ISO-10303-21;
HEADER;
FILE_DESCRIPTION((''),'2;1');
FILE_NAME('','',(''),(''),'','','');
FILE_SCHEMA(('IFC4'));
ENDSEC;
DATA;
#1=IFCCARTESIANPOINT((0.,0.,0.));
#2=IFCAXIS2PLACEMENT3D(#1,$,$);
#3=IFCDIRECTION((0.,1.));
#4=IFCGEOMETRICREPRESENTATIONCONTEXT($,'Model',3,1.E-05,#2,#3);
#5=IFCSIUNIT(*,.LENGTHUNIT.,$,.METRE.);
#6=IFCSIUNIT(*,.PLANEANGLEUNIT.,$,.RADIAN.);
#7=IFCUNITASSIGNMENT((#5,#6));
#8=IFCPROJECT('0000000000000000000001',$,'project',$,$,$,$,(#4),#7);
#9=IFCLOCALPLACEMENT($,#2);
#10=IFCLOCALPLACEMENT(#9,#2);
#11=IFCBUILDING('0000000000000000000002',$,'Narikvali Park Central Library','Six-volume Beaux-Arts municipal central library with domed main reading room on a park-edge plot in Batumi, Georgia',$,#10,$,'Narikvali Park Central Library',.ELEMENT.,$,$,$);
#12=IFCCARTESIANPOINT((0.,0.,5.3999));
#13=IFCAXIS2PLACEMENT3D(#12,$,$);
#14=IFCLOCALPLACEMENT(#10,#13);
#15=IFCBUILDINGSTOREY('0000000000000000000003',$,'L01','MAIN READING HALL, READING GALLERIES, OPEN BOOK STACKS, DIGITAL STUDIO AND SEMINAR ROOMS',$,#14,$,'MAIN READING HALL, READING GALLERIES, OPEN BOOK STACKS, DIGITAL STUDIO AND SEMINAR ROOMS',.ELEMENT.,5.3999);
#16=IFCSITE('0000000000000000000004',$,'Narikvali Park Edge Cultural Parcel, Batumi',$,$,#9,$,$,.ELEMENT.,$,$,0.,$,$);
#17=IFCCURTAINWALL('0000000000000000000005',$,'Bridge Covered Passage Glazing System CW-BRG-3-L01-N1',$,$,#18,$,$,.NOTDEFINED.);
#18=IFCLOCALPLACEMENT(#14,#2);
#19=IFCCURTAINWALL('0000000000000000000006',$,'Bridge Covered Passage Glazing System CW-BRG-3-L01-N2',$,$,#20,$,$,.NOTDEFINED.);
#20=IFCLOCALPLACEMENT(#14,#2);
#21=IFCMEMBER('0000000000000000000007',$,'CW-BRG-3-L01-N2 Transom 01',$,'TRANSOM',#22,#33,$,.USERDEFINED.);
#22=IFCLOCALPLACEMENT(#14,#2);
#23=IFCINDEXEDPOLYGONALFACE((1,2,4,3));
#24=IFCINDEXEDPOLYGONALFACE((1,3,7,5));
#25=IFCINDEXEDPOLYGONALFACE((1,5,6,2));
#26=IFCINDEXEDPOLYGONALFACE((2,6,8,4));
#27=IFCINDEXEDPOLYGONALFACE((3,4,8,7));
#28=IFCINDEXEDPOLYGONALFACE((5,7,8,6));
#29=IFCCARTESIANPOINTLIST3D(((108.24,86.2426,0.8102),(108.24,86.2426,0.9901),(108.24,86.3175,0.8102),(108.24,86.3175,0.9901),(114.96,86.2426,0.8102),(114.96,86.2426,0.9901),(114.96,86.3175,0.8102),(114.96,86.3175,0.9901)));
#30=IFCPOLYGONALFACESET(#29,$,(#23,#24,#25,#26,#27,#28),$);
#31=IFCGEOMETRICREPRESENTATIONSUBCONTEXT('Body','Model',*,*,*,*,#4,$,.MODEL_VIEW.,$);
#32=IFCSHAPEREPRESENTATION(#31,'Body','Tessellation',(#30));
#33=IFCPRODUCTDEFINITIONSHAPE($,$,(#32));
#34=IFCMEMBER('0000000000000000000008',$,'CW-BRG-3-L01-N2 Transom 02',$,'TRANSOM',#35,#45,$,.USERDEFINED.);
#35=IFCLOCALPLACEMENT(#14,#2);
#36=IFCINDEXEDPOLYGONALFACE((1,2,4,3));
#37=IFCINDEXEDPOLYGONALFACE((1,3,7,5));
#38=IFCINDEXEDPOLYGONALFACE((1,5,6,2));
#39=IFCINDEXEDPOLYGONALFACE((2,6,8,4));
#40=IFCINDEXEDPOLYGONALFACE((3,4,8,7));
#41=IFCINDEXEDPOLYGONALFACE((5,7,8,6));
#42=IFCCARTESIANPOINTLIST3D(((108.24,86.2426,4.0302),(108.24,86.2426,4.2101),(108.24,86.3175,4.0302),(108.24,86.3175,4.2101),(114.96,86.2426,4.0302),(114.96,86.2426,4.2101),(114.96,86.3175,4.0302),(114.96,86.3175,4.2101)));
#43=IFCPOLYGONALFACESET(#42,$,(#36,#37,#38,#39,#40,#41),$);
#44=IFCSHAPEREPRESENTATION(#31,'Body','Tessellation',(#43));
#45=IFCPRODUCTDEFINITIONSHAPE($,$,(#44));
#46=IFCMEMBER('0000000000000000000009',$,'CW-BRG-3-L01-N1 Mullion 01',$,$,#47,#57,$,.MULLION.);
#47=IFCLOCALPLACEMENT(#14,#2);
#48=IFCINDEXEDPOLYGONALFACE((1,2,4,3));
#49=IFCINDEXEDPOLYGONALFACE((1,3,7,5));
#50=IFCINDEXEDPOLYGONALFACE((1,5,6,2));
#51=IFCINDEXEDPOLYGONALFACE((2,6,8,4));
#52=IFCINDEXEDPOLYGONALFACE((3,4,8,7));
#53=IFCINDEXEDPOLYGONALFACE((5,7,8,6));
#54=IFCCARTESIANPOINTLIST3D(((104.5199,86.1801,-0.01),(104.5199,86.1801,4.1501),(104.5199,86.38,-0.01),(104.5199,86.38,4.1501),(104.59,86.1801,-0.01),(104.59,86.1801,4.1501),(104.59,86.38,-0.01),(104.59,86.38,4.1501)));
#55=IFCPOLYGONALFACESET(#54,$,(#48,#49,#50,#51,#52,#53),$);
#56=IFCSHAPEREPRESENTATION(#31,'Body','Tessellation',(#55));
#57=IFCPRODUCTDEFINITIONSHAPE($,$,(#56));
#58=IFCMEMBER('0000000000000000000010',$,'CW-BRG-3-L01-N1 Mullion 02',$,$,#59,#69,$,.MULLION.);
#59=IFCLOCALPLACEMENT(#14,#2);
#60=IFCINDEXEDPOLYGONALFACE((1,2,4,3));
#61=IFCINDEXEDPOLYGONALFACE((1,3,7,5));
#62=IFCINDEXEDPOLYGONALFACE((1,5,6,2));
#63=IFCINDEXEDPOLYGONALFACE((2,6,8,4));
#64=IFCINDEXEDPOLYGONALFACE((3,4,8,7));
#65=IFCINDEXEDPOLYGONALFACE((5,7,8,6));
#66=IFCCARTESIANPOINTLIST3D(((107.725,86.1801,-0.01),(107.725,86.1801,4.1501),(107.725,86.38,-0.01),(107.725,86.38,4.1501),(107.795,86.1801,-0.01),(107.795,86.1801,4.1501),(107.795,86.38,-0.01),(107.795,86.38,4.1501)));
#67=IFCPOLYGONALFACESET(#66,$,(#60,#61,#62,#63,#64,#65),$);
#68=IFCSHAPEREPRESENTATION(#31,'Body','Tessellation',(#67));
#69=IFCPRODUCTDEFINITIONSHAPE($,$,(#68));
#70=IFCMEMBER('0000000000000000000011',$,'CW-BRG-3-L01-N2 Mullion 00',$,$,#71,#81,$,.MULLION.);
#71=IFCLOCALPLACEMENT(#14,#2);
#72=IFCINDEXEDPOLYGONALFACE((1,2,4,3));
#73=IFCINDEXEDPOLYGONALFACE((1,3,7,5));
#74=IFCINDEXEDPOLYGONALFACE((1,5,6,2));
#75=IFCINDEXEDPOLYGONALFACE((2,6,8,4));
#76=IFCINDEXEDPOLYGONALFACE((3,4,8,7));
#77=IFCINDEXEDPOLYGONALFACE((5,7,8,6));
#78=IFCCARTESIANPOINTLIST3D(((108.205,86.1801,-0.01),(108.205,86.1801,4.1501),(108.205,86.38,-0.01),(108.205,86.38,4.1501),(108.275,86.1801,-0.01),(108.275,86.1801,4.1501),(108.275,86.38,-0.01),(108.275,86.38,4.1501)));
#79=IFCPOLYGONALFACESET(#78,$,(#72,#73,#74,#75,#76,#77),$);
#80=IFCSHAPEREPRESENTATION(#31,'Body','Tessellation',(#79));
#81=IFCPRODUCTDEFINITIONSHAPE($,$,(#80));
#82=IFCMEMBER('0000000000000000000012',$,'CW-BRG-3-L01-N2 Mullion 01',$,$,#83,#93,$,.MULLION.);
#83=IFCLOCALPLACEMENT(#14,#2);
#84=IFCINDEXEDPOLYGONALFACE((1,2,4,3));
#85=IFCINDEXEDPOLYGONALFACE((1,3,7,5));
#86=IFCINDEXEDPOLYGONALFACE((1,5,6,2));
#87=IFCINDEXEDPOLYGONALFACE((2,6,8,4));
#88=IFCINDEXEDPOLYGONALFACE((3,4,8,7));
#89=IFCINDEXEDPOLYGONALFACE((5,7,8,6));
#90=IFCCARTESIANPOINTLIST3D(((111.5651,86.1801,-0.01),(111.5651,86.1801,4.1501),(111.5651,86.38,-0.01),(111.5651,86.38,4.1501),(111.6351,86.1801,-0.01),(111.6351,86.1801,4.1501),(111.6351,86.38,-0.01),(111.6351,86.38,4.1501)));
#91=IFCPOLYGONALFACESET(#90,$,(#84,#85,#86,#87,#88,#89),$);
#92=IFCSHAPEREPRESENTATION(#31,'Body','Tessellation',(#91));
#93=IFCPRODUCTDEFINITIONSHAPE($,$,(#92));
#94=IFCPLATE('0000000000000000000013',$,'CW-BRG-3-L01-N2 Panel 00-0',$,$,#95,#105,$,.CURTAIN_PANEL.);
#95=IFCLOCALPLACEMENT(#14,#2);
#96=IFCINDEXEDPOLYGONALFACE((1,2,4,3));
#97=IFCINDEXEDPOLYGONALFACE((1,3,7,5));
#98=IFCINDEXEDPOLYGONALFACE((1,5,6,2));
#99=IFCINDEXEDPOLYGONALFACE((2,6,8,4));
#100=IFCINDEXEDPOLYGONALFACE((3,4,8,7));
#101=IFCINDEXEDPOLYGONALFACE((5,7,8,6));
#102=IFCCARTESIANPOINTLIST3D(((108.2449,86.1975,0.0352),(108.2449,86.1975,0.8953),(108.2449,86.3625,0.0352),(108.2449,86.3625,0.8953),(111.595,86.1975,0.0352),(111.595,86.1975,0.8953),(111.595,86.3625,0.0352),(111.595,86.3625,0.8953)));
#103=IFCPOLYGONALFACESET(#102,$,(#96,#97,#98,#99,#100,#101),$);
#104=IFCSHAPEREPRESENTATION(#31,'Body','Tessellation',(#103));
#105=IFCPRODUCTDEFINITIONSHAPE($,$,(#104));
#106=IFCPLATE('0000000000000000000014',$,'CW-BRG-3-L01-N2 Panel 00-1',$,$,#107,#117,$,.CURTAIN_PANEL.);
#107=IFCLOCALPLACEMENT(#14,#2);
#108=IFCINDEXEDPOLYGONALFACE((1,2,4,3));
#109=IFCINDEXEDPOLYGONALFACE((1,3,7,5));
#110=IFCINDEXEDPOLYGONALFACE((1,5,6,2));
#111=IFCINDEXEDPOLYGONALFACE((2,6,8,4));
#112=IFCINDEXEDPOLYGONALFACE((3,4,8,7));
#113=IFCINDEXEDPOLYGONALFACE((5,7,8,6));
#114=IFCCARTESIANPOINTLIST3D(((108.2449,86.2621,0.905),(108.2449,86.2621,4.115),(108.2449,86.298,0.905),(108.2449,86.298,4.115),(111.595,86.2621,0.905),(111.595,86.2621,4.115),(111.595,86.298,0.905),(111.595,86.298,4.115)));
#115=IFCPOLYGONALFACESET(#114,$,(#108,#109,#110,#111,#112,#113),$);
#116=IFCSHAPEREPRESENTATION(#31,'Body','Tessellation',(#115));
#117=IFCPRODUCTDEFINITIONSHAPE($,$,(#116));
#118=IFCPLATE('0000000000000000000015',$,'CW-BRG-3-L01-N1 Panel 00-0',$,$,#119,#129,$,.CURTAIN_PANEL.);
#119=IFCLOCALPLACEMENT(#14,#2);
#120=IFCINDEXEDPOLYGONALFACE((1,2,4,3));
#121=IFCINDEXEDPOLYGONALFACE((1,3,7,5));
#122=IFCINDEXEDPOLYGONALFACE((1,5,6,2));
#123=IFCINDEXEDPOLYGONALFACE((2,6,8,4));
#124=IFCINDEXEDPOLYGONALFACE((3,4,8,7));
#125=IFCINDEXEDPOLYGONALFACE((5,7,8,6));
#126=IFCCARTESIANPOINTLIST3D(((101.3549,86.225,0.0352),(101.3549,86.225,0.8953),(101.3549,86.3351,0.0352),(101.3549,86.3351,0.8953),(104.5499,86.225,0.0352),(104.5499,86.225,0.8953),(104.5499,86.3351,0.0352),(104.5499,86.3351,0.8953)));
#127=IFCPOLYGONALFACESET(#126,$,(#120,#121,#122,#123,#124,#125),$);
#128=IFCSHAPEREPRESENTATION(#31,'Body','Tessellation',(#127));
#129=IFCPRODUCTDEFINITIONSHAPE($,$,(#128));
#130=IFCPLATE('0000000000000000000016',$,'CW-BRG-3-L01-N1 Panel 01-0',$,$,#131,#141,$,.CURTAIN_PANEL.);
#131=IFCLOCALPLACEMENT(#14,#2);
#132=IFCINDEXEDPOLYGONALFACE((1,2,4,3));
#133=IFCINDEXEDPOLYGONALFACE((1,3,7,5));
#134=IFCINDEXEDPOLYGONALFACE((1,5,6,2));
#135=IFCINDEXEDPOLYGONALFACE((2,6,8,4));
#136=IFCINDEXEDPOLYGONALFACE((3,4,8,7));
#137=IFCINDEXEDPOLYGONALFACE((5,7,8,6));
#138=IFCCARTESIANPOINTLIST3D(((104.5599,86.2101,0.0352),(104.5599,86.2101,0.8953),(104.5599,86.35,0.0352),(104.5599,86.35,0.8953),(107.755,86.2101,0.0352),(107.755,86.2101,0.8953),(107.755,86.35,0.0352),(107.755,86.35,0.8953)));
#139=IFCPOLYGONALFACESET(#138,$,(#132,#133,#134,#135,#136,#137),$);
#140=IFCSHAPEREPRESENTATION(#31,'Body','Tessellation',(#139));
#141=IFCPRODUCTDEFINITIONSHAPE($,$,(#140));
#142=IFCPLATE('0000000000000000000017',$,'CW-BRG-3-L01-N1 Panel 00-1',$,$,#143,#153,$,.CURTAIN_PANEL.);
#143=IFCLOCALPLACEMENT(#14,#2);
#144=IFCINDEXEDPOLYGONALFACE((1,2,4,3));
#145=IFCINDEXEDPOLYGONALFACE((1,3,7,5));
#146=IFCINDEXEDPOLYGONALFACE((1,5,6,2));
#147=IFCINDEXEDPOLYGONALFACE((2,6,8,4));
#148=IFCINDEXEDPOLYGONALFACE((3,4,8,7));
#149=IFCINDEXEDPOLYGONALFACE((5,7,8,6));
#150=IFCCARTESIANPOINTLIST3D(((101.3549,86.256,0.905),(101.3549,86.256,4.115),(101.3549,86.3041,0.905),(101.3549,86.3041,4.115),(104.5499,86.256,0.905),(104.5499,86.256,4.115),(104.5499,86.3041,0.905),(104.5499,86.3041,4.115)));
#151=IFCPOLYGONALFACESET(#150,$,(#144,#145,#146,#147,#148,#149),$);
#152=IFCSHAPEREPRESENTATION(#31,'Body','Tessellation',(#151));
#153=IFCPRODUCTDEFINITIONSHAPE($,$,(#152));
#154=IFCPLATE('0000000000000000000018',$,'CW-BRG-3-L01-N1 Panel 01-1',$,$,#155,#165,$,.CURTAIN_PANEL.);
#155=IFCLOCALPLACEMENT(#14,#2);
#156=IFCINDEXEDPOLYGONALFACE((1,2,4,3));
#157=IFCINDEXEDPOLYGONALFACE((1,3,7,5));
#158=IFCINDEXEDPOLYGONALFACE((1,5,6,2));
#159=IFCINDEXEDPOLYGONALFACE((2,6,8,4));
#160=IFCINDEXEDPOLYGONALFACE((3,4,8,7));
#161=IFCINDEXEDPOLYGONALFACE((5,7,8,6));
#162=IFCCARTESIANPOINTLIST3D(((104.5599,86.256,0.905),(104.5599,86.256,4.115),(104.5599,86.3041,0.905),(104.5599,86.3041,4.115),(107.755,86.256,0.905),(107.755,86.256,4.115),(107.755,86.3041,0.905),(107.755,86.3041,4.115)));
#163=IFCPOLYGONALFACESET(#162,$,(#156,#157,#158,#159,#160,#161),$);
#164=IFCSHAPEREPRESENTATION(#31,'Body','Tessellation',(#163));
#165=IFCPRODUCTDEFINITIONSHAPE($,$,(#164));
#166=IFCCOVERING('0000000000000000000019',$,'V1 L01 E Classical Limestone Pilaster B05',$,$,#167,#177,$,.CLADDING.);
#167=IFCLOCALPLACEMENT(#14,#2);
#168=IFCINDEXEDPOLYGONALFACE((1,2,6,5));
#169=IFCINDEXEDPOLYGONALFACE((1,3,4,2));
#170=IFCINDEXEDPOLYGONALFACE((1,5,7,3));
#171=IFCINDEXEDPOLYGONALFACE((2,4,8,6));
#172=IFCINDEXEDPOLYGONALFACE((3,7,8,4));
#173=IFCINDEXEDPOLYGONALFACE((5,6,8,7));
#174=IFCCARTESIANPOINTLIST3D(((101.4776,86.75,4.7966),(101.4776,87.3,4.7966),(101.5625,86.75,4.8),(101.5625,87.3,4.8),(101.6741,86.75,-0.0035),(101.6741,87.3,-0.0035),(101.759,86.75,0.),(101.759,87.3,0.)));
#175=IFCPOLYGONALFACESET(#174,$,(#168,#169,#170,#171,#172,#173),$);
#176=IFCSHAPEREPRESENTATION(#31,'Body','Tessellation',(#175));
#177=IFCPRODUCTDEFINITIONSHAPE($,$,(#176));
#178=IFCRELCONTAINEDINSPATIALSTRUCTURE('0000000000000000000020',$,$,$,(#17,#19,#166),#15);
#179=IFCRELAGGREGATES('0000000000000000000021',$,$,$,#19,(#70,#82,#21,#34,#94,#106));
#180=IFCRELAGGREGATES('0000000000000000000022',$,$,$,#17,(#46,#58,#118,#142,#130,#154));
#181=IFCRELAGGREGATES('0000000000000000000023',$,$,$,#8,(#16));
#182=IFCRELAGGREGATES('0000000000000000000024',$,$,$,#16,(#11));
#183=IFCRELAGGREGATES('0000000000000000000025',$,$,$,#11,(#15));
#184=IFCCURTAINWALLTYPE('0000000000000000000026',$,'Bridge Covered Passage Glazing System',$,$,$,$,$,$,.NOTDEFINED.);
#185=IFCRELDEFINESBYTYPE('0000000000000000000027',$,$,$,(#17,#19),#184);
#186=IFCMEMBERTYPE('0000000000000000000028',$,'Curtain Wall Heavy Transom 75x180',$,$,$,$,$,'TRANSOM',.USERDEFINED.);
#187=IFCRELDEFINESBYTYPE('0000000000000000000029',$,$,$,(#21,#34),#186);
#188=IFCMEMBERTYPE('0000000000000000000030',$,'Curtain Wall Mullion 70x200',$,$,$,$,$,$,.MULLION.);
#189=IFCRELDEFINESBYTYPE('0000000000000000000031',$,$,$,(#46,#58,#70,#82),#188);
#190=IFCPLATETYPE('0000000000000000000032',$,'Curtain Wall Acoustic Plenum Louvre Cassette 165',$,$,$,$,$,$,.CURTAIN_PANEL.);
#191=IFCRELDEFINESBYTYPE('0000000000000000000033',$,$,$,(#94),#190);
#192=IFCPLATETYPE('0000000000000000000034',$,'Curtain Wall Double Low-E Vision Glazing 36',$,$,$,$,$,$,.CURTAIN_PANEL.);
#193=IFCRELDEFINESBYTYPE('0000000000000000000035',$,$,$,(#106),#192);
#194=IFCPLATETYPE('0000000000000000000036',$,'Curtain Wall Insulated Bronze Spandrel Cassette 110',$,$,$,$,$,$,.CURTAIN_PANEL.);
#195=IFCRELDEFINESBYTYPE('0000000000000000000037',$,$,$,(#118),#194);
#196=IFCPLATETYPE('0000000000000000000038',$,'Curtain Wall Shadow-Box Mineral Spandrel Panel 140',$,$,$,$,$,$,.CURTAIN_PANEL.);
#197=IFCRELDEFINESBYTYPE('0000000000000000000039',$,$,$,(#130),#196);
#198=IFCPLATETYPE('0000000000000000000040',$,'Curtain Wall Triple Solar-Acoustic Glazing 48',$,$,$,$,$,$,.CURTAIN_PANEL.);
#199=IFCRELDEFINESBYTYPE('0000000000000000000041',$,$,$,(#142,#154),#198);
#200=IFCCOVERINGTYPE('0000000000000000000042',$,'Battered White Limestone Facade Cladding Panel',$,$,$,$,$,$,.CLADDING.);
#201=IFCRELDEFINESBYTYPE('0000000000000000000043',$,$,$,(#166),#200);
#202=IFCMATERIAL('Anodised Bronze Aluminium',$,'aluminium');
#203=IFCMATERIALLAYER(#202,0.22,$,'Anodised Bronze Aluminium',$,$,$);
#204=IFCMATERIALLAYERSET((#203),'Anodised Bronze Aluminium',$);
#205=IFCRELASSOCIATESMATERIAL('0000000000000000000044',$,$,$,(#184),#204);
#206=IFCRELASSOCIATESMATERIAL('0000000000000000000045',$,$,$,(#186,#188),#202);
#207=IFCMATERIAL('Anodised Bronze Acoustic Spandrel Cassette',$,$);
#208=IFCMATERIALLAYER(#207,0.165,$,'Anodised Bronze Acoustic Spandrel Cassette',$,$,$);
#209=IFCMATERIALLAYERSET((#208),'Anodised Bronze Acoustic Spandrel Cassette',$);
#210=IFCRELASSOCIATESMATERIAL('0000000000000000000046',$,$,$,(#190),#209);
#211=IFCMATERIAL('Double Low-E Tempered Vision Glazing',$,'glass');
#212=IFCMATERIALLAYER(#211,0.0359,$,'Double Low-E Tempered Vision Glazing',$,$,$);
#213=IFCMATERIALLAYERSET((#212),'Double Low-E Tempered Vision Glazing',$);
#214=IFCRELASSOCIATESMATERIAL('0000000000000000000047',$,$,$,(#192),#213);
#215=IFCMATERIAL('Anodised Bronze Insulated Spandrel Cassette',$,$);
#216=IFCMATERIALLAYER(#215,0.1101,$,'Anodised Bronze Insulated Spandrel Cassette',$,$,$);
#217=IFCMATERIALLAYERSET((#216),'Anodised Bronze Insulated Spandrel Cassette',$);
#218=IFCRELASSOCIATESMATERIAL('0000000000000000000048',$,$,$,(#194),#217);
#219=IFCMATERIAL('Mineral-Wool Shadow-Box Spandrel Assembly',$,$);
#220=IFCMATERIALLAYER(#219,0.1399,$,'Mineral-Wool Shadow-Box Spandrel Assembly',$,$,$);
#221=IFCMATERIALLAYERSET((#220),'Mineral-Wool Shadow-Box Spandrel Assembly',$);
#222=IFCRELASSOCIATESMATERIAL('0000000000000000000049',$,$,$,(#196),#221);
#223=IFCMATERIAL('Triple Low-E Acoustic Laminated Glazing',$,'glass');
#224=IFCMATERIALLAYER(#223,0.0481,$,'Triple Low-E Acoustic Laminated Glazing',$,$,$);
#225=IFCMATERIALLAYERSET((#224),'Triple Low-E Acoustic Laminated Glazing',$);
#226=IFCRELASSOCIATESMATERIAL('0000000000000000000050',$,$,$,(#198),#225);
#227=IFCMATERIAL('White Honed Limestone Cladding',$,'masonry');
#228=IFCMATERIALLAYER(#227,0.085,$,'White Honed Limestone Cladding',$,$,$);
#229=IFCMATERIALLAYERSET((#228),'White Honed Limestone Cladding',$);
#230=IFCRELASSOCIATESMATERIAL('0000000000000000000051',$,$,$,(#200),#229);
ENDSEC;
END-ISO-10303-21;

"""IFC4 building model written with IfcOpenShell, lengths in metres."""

from ifc_helpers import new_model, si_unit, direction, frame, origin, origin_2d, place, context, subcontext, project, spatial, polyline, rectangle, outline, extrude, material, layer, layer_set, material_profile, profile_set, type_object, element, aggregate, save


model = new_model("IFC4")

# Units and contexts
model_context = context("Model", 3, precision=1e-05, world=origin(), true_north=direction((0.0, 1.0)))
body_context = subcontext(model_context, "Body", "Model", "MODEL_VIEW")
ifc_project = project(units=[si_unit("LENGTHUNIT", "METRE"), si_unit("PLANEANGLEUNIT", "RADIAN")], contexts=[model_context])

# Site, building, storey
site_placement = place(None, origin())
site = spatial("IfcSite", under=ifc_project, at=site_placement, Name="Narikvali Park Edge Cultural Parcel, Batumi", CompositionType="ELEMENT", RefElevation=0.0)
building_placement = place(site_placement, origin())
building = spatial("IfcBuilding", under=site, at=building_placement, Name="Narikvali Park Central Library", Description="Six-volume Beaux-Arts municipal central library with domed main reading room on a park-edge plot in Batumi, Georgia", LongName="Narikvali Park Central Library", CompositionType="ELEMENT")
storey_placement = place(building_placement, frame((0.0, 0.0, 5.3999)))
storey = spatial("IfcBuildingStorey", under=building, at=storey_placement, Name="L01", Description="MAIN READING HALL, READING GALLERIES, OPEN BOOK STACKS, DIGITAL STUDIO AND SEMINAR ROOMS", LongName="MAIN READING HALL, READING GALLERIES, OPEN BOOK STACKS, DIGITAL STUDIO AND SEMINAR ROOMS", CompositionType="ELEMENT", Elevation=5.3999)

# Curtain walls, members
ifc_material_1 = material(Name="Anodised Bronze Aluminium", Category="aluminium")
ifc_layer_1 = layer(ifc_material_1, 0.22, Name="Anodised Bronze Aluminium")
ifc_layer_set_1 = layer_set([ifc_layer_1], Name="Anodised Bronze Aluminium")
curtain_wall_type = type_object("IfcCurtainWallType", Name="Bridge Covered Passage Glazing System", PredefinedType="NOTDEFINED", material=ifc_layer_set_1)
curtain_wall_1_placement = place(storey_placement, origin())
curtain_wall_1 = element("IfcCurtainWall", 1, at=curtain_wall_1_placement, inside=storey, type_object=curtain_wall_type, Name="Bridge Covered Passage Glazing System CW-BRG-3-L01-N1", PredefinedType="NOTDEFINED")
ifc_material_profile_1 = material_profile(ifc_material_1, rectangle(XDim=0.075, YDim=0.1799, at=origin_2d()), Name="CW TRANSOM 75x180")
ifc_profile_set_1 = profile_set([ifc_material_profile_1], Name="Anodised Bronze Aluminium")
member_type_1 = type_object("IfcMemberType", Name="Curtain Wall Heavy Transom 75x180", ElementType="TRANSOM", PredefinedType="USERDEFINED", material=ifc_profile_set_1)
curtain_wall_2_placement = place(storey_placement, origin())
curtain_wall_2 = element("IfcCurtainWall", 2, at=curtain_wall_2_placement, inside=storey, type_object=curtain_wall_type, Name="Bridge Covered Passage Glazing System CW-BRG-3-L01-N2", PredefinedType="NOTDEFINED")
member_1_placement = place(storey_placement, frame((108.24, 86.28, 0.9001), z_axis=(1.0, 0.0, 0.0), x_axis=(0.0, 1.0, 0.0)))
member_1 = element("IfcMember", 3, at=member_1_placement, type_object=member_type_1, Name="CW-BRG-3-L01-N2 Transom 01", ObjectType="TRANSOM", PredefinedType="USERDEFINED", context=body_context, shape_type="SweptSolid", body=[
    extrude(rectangle(XDim=0.075, YDim=0.1799, at=origin_2d()), origin(), (0.0, 0.0, 1.0), 6.72),
])
member_2_placement = place(storey_placement, frame((108.24, 86.28, 4.1201), z_axis=(1.0, 0.0, 0.0), x_axis=(0.0, 1.0, 0.0)))
member_2 = element("IfcMember", 4, at=member_2_placement, type_object=member_type_1, Name="CW-BRG-3-L01-N2 Transom 02", ObjectType="TRANSOM", PredefinedType="USERDEFINED", context=body_context, shape_type="SweptSolid", body=[
    extrude(rectangle(XDim=0.075, YDim=0.1799, at=origin_2d()), origin(), (0.0, 0.0, 1.0), 6.72),
])

# Members
ifc_material_profile_2 = material_profile(ifc_material_1, rectangle(XDim=0.0701, YDim=0.2, at=origin_2d()), Name="CW MULLION 70x200")
ifc_profile_set_2 = profile_set([ifc_material_profile_2], Name="Anodised Bronze Aluminium")
member_type_2 = type_object("IfcMemberType", Name="Curtain Wall Mullion 70x200", PredefinedType="MULLION", material=ifc_profile_set_2)
member_3_placement = place(storey_placement, frame((104.5549, 86.28, -0.01), z_axis=(0.0, 0.0, 1.0), x_axis=(1.0, 0.0, 0.0)))
member_3 = element("IfcMember", 5, at=member_3_placement, type_object=member_type_2, Name="CW-BRG-3-L01-N1 Mullion 01", PredefinedType="MULLION", context=body_context, shape_type="SweptSolid", body=[
    extrude(rectangle(XDim=0.0701, YDim=0.2, at=origin_2d()), origin(), (0.0, 0.0, 1.0), 4.1602),
])
member_4_placement = place(storey_placement, frame((107.76, 86.28, -0.01), z_axis=(0.0, 0.0, 1.0), x_axis=(1.0, 0.0, 0.0)))
member_4 = element("IfcMember", 6, at=member_4_placement, type_object=member_type_2, Name="CW-BRG-3-L01-N1 Mullion 02", PredefinedType="MULLION", context=body_context, shape_type="SweptSolid", body=[
    extrude(rectangle(XDim=0.0701, YDim=0.2, at=origin_2d()), origin(), (0.0, 0.0, 1.0), 4.1602),
])
member_5_placement = place(storey_placement, frame((108.24, 86.28, -0.01), z_axis=(0.0, 0.0, 1.0), x_axis=(1.0, 0.0, 0.0)))
member_5 = element("IfcMember", 7, at=member_5_placement, type_object=member_type_2, Name="CW-BRG-3-L01-N2 Mullion 00", PredefinedType="MULLION", context=body_context, shape_type="SweptSolid", body=[
    extrude(rectangle(XDim=0.0701, YDim=0.2, at=origin_2d()), origin(), (0.0, 0.0, 1.0), 4.1602),
])
member_6_placement = place(storey_placement, frame((111.6001, 86.28, -0.01), z_axis=(0.0, 0.0, 1.0), x_axis=(1.0, 0.0, 0.0)))
member_6 = element("IfcMember", 8, at=member_6_placement, type_object=member_type_2, Name="CW-BRG-3-L01-N2 Mullion 01", PredefinedType="MULLION", context=body_context, shape_type="SweptSolid", body=[
    extrude(rectangle(XDim=0.0701, YDim=0.2, at=origin_2d()), origin(), (0.0, 0.0, 1.0), 4.1602),
])

# Plates
ifc_material_2 = material(Name="Anodised Bronze Acoustic Spandrel Cassette")
ifc_layer_2 = layer(ifc_material_2, 0.165, Name="Anodised Bronze Acoustic Spandrel Cassette")
ifc_layer_set_2 = layer_set([ifc_layer_2], Name="Anodised Bronze Acoustic Spandrel Cassette")
plate_type_1 = type_object("IfcPlateType", Name="Curtain Wall Acoustic Plenum Louvre Cassette 165", PredefinedType="CURTAIN_PANEL", material=ifc_layer_set_2)
plate_1_placement = place(storey_placement, frame((109.9199, 86.28, 0.0352), z_axis=(0.0, 0.0, 1.0), x_axis=(1.0, 0.0, 0.0)))
plate_1 = element("IfcPlate", 9, at=plate_1_placement, type_object=plate_type_1, Name="CW-BRG-3-L01-N2 Panel 00-0", PredefinedType="CURTAIN_PANEL", context=body_context, shape_type="SweptSolid", body=[
    extrude(rectangle(XDim=3.3501, YDim=0.165, at=origin_2d()), origin(), (0.0, 0.0, 1.0), 0.8601),
])
ifc_material_3 = material(Name="Double Low-E Tempered Vision Glazing", Category="glass")
ifc_layer_3 = layer(ifc_material_3, 0.0359, Name="Double Low-E Tempered Vision Glazing")
ifc_layer_set_3 = layer_set([ifc_layer_3], Name="Double Low-E Tempered Vision Glazing")
plate_type_2 = type_object("IfcPlateType", Name="Curtain Wall Double Low-E Vision Glazing 36", PredefinedType="CURTAIN_PANEL", material=ifc_layer_set_3)
plate_2_placement = place(storey_placement, frame((109.9199, 86.28, 0.905), z_axis=(0.0, 0.0, 1.0), x_axis=(1.0, 0.0, 0.0)))
plate_2 = element("IfcPlate", 10, at=plate_2_placement, type_object=plate_type_2, Name="CW-BRG-3-L01-N2 Panel 00-1", PredefinedType="CURTAIN_PANEL", context=body_context, shape_type="SweptSolid", body=[
    extrude(rectangle(XDim=3.3501, YDim=0.0359, at=origin_2d()), origin(), (0.0, 0.0, 1.0), 3.21),
])
aggregate(curtain_wall_2, [member_5, member_6, member_1, member_2, plate_1, plate_2])
ifc_material_4 = material(Name="Anodised Bronze Insulated Spandrel Cassette")
ifc_layer_4 = layer(ifc_material_4, 0.1101, Name="Anodised Bronze Insulated Spandrel Cassette")
ifc_layer_set_4 = layer_set([ifc_layer_4], Name="Anodised Bronze Insulated Spandrel Cassette")
plate_type_3 = type_object("IfcPlateType", Name="Curtain Wall Insulated Bronze Spandrel Cassette 110", PredefinedType="CURTAIN_PANEL", material=ifc_layer_set_4)
plate_3_placement = place(storey_placement, frame((102.9524, 86.28, 0.0352), z_axis=(0.0, 0.0, 1.0), x_axis=(1.0, 0.0, 0.0)))
plate_3 = element("IfcPlate", 11, at=plate_3_placement, type_object=plate_type_3, Name="CW-BRG-3-L01-N1 Panel 00-0", PredefinedType="CURTAIN_PANEL", context=body_context, shape_type="SweptSolid", body=[
    extrude(rectangle(XDim=3.1951, YDim=0.1101, at=origin_2d()), origin(), (0.0, 0.0, 1.0), 0.8601),
])
ifc_material_5 = material(Name="Mineral-Wool Shadow-Box Spandrel Assembly")
ifc_layer_5 = layer(ifc_material_5, 0.1399, Name="Mineral-Wool Shadow-Box Spandrel Assembly")
ifc_layer_set_5 = layer_set([ifc_layer_5], Name="Mineral-Wool Shadow-Box Spandrel Assembly")
plate_type_4 = type_object("IfcPlateType", Name="Curtain Wall Shadow-Box Mineral Spandrel Panel 140", PredefinedType="CURTAIN_PANEL", material=ifc_layer_set_5)
plate_4_placement = place(storey_placement, frame((106.1575, 86.28, 0.0352), z_axis=(0.0, 0.0, 1.0), x_axis=(1.0, 0.0, 0.0)))
plate_4 = element("IfcPlate", 12, at=plate_4_placement, type_object=plate_type_4, Name="CW-BRG-3-L01-N1 Panel 01-0", PredefinedType="CURTAIN_PANEL", context=body_context, shape_type="SweptSolid", body=[
    extrude(rectangle(XDim=3.1951, YDim=0.1399, at=origin_2d()), origin(), (0.0, 0.0, 1.0), 0.8601),
])
ifc_material_6 = material(Name="Triple Low-E Acoustic Laminated Glazing", Category="glass")
ifc_layer_6 = layer(ifc_material_6, 0.0481, Name="Triple Low-E Acoustic Laminated Glazing")
ifc_layer_set_6 = layer_set([ifc_layer_6], Name="Triple Low-E Acoustic Laminated Glazing")
plate_type_5 = type_object("IfcPlateType", Name="Curtain Wall Triple Solar-Acoustic Glazing 48", PredefinedType="CURTAIN_PANEL", material=ifc_layer_set_6)
plate_5_placement = place(storey_placement, frame((102.9524, 86.28, 0.905), z_axis=(0.0, 0.0, 1.0), x_axis=(1.0, 0.0, 0.0)))
plate_5 = element("IfcPlate", 13, at=plate_5_placement, type_object=plate_type_5, Name="CW-BRG-3-L01-N1 Panel 00-1", PredefinedType="CURTAIN_PANEL", context=body_context, shape_type="SweptSolid", body=[
    extrude(rectangle(XDim=3.1951, YDim=0.0481, at=origin_2d()), origin(), (0.0, 0.0, 1.0), 3.21),
])
plate_6_placement = place(storey_placement, frame((106.1575, 86.28, 0.905), z_axis=(0.0, 0.0, 1.0), x_axis=(1.0, 0.0, 0.0)))
plate_6 = element("IfcPlate", 14, at=plate_6_placement, type_object=plate_type_5, Name="CW-BRG-3-L01-N1 Panel 01-1", PredefinedType="CURTAIN_PANEL", context=body_context, shape_type="SweptSolid", body=[
    extrude(rectangle(XDim=3.1951, YDim=0.0481, at=origin_2d()), origin(), (0.0, 0.0, 1.0), 3.21),
])
aggregate(curtain_wall_1, [member_3, member_4, plate_3, plate_5, plate_4, plate_6])

# Covering
ifc_material_7 = material(Name="White Honed Limestone Cladding", Category="masonry")
ifc_layer_7 = layer(ifc_material_7, 0.085, Name="White Honed Limestone Cladding")
ifc_layer_set_7 = layer_set([ifc_layer_7], Name="White Honed Limestone Cladding")
covering_type = type_object("IfcCoveringType", Name="Battered White Limestone Facade Cladding Panel", PredefinedType="CLADDING", material=ifc_layer_set_7)
covering_1_placement = place(storey_placement, frame((101.759, 86.75, 0.0), z_axis=(0.999163, 0.0, 0.04091), x_axis=(0.0, 1.0, 0.0)))
element("IfcCovering", 15, at=covering_1_placement, inside=storey, type_object=covering_type, Name="V1 L01 E Classical Limestone Pilaster B05", PredefinedType="CLADDING", context=body_context, shape_type="SweptSolid", body=[
    extrude(outline(polyline([(0.0, 0.0), (0.55, 0.0), (0.55, 4.8041), (0.0, 4.8041), (0.0, 0.0)])), origin(), (0.0, 0.0, -1.0), 0.085),
])

save(model, "model.ifc")
